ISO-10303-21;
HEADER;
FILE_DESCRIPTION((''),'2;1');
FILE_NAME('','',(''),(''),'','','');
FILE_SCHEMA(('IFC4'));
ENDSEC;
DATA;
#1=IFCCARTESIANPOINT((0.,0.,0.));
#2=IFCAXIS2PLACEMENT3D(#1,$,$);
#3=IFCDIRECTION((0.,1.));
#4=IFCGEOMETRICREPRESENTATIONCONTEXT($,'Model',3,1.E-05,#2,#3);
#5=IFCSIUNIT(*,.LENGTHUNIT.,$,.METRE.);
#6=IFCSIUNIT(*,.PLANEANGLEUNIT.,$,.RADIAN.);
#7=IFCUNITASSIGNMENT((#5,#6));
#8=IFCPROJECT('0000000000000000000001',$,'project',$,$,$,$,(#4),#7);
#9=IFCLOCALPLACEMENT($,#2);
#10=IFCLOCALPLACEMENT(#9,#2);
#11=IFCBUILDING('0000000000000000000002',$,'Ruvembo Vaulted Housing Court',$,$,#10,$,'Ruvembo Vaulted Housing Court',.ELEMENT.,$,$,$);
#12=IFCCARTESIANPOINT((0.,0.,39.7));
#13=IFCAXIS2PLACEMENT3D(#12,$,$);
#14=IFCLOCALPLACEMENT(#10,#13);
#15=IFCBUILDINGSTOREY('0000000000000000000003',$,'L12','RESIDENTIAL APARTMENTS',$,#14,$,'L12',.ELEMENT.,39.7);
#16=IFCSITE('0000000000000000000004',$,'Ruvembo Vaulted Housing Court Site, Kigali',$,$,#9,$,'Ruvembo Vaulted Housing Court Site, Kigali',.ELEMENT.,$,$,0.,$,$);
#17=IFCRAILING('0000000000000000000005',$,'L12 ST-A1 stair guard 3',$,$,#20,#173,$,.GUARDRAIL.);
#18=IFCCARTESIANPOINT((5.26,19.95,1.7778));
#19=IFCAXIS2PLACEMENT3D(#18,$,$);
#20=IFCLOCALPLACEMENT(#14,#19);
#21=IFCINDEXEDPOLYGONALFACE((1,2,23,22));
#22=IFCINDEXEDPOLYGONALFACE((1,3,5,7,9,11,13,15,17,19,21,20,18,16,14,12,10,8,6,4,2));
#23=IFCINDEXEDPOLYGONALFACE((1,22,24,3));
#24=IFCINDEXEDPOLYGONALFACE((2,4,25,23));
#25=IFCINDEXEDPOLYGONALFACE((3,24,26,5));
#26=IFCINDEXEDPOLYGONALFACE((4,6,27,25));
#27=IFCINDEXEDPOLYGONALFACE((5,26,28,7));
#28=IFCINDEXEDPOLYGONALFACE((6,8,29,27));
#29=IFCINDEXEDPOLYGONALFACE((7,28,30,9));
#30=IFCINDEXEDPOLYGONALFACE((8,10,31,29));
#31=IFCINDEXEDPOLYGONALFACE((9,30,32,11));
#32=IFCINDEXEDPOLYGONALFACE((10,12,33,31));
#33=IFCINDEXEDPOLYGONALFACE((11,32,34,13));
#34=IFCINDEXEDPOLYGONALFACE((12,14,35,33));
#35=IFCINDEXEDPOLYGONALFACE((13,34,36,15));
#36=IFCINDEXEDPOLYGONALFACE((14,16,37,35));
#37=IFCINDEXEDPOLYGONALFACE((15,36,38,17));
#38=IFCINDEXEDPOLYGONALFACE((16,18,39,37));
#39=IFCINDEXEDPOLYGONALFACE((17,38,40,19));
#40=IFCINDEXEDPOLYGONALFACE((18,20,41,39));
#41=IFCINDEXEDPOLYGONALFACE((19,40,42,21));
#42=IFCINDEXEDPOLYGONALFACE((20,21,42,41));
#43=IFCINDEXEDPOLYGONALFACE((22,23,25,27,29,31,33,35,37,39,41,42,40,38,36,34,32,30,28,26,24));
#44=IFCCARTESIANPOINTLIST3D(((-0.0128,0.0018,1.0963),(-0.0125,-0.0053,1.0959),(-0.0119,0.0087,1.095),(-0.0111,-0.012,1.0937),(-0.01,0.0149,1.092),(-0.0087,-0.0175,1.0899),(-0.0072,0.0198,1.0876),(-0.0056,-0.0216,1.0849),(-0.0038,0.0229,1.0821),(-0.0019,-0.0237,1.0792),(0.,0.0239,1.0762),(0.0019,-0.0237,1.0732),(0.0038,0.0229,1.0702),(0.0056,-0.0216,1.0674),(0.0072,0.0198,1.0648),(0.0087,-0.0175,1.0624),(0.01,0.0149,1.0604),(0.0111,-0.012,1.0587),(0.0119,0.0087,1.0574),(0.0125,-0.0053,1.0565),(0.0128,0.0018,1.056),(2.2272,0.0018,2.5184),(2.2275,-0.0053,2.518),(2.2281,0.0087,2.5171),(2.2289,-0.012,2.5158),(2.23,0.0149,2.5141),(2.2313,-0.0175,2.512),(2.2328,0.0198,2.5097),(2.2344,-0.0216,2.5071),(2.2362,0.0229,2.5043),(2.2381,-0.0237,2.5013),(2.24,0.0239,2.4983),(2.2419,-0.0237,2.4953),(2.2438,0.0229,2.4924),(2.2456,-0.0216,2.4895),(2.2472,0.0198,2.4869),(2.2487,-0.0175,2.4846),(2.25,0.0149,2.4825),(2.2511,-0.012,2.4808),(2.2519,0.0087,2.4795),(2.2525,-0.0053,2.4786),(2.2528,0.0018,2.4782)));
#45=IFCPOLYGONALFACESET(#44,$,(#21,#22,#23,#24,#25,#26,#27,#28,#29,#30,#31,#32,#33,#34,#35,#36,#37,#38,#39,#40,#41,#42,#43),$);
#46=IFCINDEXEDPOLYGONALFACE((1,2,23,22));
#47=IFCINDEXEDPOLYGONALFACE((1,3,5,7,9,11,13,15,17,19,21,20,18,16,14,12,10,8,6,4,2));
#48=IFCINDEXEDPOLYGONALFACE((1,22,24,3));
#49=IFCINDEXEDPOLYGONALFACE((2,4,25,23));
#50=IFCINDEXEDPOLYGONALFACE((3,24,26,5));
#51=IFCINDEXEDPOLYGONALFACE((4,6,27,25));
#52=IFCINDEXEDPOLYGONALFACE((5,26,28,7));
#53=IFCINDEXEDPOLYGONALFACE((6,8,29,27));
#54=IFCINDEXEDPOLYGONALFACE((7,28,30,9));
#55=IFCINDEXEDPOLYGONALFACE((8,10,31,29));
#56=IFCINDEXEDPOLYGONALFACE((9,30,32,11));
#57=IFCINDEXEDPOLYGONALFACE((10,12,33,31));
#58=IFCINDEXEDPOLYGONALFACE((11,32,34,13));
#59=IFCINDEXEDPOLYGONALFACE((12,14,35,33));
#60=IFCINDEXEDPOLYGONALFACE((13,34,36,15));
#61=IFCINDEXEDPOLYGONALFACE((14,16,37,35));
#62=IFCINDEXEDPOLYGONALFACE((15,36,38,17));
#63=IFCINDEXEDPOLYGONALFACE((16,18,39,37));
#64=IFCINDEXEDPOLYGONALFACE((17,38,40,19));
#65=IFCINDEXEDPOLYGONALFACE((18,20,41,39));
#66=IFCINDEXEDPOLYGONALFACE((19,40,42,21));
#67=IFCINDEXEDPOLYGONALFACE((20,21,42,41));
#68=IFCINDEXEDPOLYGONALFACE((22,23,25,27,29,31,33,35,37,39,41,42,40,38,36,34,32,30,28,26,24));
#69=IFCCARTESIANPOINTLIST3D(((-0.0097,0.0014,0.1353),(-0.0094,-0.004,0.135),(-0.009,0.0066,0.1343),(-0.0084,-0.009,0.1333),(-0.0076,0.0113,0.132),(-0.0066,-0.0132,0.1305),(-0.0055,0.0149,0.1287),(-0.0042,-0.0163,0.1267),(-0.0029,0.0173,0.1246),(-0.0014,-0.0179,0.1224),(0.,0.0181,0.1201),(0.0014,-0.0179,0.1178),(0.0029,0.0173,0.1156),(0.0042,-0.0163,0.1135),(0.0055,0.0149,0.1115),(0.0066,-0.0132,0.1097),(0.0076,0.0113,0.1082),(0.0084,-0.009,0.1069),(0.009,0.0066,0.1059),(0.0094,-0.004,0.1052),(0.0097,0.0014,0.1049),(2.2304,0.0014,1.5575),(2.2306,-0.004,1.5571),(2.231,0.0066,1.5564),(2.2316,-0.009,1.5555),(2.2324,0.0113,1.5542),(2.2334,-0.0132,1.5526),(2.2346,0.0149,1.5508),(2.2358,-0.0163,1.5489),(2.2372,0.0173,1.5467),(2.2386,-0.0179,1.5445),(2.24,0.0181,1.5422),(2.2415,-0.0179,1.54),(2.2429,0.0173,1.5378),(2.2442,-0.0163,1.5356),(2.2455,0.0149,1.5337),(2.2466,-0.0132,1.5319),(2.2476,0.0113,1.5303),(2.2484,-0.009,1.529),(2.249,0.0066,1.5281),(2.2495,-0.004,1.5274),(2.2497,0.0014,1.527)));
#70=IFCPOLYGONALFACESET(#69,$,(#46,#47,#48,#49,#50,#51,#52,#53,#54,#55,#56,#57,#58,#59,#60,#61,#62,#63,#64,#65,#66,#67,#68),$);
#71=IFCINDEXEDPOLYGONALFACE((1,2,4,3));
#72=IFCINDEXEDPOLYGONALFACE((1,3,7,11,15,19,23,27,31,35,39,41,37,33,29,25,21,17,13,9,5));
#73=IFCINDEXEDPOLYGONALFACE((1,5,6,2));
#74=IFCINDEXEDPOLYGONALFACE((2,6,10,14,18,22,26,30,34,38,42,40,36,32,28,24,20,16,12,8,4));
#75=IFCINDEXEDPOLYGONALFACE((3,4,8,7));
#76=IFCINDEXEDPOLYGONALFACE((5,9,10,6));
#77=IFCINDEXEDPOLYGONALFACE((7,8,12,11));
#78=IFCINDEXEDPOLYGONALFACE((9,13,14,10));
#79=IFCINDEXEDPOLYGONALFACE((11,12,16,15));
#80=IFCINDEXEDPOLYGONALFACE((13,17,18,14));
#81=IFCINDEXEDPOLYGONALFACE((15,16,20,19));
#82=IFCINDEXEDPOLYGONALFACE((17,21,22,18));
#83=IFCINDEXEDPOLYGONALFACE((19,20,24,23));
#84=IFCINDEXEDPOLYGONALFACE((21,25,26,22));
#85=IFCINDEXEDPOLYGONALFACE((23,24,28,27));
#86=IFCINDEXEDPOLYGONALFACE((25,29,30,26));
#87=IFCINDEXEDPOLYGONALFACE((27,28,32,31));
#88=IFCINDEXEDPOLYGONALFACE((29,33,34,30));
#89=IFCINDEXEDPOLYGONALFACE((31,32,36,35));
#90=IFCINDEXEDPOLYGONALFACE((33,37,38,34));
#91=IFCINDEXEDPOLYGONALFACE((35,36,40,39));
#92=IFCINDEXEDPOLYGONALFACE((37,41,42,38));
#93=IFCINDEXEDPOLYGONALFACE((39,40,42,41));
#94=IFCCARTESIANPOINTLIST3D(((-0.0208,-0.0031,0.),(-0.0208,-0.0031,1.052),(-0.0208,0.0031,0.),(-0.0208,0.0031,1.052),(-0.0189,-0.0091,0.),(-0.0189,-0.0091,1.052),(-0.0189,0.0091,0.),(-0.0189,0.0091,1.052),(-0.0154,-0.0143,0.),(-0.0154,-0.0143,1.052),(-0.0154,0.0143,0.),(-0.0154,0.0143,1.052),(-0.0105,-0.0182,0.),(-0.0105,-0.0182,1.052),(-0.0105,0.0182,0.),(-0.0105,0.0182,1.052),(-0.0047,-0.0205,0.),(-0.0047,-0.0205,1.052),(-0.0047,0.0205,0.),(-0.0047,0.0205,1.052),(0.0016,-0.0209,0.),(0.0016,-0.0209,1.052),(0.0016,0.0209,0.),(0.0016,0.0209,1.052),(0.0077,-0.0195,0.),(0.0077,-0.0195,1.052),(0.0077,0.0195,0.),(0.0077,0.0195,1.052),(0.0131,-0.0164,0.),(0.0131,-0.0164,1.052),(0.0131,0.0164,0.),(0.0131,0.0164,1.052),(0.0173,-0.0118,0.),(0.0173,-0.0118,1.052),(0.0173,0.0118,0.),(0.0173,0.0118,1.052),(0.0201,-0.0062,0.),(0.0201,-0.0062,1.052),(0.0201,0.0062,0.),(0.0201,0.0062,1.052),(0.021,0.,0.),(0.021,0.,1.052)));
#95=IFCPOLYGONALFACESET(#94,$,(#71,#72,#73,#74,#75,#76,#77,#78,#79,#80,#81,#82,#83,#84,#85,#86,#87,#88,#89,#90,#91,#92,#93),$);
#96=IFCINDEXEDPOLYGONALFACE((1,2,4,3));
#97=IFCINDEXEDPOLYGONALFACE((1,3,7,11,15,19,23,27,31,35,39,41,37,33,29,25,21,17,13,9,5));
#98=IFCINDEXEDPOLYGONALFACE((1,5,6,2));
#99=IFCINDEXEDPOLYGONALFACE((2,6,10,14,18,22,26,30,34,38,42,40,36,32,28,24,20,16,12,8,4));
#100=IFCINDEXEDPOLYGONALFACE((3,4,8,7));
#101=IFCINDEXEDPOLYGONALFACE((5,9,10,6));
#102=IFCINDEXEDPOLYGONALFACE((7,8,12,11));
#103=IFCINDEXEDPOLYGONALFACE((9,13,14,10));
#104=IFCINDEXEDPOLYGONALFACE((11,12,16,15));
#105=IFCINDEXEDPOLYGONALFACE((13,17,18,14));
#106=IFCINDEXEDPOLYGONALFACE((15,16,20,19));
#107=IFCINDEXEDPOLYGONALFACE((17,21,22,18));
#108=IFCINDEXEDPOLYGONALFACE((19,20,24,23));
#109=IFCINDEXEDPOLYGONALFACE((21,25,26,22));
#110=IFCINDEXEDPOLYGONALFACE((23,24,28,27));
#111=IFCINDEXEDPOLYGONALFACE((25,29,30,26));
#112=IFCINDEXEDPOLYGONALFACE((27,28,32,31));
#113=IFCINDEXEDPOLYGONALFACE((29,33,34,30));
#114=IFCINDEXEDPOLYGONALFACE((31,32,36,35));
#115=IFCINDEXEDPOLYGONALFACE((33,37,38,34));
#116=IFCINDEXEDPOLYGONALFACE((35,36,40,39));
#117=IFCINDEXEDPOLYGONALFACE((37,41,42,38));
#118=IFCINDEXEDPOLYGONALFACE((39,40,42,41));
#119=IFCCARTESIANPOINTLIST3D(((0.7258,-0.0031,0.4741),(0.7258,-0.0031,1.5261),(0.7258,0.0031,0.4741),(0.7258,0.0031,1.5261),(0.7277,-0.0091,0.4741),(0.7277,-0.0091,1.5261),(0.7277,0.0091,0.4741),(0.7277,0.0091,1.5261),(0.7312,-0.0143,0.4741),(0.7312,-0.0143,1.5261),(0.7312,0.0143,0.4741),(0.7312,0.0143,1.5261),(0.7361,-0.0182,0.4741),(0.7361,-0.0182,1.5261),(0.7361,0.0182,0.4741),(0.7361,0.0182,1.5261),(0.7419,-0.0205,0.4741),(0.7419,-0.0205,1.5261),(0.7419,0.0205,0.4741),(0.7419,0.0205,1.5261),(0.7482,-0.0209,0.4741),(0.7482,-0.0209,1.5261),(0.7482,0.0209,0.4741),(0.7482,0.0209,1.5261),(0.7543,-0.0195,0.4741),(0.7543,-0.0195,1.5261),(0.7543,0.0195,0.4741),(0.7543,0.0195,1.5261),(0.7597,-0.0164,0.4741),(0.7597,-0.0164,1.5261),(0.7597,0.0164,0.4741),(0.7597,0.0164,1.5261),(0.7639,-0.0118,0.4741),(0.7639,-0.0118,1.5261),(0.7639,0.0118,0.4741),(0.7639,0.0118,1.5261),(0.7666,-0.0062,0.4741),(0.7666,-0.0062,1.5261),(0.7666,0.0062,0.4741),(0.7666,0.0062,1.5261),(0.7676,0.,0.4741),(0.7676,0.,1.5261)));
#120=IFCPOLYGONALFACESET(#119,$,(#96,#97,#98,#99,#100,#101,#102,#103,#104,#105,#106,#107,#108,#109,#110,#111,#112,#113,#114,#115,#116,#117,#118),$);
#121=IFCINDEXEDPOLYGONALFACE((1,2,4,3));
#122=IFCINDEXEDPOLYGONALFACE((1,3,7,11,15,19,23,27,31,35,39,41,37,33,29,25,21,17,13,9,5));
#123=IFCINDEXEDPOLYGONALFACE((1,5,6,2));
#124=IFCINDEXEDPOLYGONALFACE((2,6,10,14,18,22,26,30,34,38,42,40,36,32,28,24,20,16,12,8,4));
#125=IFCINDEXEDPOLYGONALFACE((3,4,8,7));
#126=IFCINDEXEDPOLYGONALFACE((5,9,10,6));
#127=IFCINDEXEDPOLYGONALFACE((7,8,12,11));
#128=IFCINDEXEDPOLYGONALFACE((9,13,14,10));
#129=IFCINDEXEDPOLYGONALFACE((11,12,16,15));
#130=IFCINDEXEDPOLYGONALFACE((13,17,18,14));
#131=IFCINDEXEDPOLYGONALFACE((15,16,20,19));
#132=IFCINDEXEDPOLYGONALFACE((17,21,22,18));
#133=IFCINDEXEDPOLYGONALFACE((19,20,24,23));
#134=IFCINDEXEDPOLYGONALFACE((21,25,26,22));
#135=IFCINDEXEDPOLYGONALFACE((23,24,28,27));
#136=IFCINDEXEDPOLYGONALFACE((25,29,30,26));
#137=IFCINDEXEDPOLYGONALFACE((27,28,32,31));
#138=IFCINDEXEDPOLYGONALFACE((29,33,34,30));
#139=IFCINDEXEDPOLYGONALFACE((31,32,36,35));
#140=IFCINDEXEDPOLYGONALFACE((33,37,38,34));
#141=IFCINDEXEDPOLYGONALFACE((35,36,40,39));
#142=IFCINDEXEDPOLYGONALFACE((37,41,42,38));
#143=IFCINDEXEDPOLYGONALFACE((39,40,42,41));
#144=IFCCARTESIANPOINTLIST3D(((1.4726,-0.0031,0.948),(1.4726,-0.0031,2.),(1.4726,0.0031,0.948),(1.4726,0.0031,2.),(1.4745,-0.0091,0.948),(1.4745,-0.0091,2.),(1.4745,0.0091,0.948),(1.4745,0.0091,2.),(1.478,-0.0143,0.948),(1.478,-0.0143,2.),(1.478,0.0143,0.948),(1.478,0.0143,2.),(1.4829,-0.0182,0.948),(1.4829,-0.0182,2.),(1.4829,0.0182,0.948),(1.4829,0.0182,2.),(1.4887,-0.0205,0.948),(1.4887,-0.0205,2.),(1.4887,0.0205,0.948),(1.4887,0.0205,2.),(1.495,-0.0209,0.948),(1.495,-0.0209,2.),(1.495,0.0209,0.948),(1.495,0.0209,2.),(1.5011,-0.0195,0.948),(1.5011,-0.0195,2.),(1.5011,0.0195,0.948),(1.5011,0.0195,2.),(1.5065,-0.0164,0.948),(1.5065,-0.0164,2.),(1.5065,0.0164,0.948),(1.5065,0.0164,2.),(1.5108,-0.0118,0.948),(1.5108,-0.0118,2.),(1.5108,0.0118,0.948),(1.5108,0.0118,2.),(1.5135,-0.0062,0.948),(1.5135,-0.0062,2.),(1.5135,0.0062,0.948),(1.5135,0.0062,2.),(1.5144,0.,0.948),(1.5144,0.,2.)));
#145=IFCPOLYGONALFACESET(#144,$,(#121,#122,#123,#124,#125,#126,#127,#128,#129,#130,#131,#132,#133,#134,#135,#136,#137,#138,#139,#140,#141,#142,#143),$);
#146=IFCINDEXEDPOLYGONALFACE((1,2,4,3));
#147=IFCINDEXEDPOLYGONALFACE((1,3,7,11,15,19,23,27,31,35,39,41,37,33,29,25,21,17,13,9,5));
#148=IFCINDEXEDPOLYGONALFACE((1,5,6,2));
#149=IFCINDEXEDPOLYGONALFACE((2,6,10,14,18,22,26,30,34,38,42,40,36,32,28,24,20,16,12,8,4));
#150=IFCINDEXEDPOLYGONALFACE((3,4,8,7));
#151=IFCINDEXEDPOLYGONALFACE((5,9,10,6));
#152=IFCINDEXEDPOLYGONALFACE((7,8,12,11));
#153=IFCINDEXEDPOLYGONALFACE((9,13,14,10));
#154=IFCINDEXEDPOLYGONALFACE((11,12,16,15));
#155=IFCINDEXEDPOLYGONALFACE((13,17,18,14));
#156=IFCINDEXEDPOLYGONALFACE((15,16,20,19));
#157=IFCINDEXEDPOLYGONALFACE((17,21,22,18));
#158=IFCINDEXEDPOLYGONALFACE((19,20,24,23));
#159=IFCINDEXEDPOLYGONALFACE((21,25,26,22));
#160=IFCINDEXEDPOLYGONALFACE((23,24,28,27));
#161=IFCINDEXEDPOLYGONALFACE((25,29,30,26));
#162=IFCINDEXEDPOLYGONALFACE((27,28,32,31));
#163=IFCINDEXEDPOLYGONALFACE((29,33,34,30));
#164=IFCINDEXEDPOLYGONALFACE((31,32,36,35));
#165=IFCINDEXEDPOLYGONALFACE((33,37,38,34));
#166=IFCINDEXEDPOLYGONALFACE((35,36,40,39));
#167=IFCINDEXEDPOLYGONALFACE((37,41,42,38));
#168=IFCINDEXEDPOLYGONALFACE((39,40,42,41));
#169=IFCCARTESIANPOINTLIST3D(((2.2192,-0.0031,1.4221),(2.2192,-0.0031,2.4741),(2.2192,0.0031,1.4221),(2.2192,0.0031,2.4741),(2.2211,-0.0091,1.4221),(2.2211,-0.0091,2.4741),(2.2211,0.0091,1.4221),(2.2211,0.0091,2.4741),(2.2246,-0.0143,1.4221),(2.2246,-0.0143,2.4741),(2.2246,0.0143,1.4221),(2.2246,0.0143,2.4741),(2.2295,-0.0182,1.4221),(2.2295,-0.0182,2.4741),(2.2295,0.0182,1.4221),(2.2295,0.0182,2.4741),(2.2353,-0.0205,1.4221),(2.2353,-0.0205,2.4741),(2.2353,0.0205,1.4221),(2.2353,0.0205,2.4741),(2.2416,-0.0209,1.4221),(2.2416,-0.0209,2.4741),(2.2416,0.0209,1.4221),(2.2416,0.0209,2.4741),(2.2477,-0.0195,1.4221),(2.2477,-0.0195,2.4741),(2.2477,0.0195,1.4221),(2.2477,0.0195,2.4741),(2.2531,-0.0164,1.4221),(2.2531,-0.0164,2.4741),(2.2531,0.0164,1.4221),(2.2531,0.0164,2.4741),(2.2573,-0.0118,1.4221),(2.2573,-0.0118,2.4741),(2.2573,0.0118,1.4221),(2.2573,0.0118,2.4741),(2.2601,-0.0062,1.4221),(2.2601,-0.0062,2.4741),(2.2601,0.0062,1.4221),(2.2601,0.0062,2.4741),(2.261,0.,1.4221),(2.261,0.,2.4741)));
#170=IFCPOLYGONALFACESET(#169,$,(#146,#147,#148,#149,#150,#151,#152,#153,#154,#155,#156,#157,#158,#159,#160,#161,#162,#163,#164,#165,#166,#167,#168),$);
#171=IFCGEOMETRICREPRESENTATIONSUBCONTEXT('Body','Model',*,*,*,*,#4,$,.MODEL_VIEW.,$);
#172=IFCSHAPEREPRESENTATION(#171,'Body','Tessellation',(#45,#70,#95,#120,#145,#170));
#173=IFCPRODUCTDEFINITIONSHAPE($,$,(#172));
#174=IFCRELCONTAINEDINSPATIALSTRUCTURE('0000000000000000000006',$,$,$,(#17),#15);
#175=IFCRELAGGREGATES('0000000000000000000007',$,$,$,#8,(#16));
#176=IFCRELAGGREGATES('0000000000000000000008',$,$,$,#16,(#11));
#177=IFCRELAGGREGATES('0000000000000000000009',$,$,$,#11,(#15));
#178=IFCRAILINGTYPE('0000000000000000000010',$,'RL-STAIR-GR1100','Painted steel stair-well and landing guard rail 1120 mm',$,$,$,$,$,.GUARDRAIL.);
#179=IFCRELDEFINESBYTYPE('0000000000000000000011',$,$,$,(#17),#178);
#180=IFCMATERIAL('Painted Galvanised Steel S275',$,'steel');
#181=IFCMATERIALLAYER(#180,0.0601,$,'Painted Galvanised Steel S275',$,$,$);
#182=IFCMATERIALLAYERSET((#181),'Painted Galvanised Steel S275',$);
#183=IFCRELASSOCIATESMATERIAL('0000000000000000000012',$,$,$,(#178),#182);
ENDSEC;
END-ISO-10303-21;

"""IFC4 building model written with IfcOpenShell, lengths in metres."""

from ifc_helpers import new_model, si_unit, direction, frame, origin, origin_2d, place, context, subcontext, project, spatial, circle, extrude, material, layer, layer_set, type_object, element, save


model = new_model("IFC4")

# Units and contexts
model_context = context("Model", 3, precision=1e-05, world=origin(), true_north=direction((0.0, 1.0)))
body_context = subcontext(model_context, "Body", "Model", "MODEL_VIEW")
ifc_project = project(units=[si_unit("LENGTHUNIT", "METRE"), si_unit("PLANEANGLEUNIT", "RADIAN")], contexts=[model_context])

# Site, building, storey
site_placement = place(None, origin())
site = spatial("IfcSite", under=ifc_project, at=site_placement, Name="Ruvembo Vaulted Housing Court Site, Kigali", LongName="Ruvembo Vaulted Housing Court Site, Kigali", CompositionType="ELEMENT", RefElevation=0.0)
building_placement = place(site_placement, origin())
building = spatial("IfcBuilding", under=site, at=building_placement, Name="Ruvembo Vaulted Housing Court", LongName="Ruvembo Vaulted Housing Court", CompositionType="ELEMENT")
storey_placement = place(building_placement, frame((0.0, 0.0, 39.7)))
storey = spatial("IfcBuildingStorey", under=building, at=storey_placement, Name="L12", Description="RESIDENTIAL APARTMENTS", LongName="L12", CompositionType="ELEMENT", Elevation=39.7)

# Railing
ifc_material_1 = material(Name="Painted Galvanised Steel S275", Category="steel")
ifc_layer_1 = layer(ifc_material_1, 0.0601, Name="Painted Galvanised Steel S275")
ifc_layer_set_1 = layer_set([ifc_layer_1], Name="Painted Galvanised Steel S275")
railing_type_1 = type_object("IfcRailingType", Name="RL-STAIR-GR1100", Description="Painted steel stair-well and landing guard rail 1120 mm", PredefinedType="GUARDRAIL", material=ifc_layer_set_1)
railing_1_placement = place(storey_placement, frame((5.26, 19.95, 1.7778)))
element("IfcRailing", 1, at=railing_1_placement, inside=storey, type_object=railing_type_1, Name="L12 ST-A1 stair guard 3", PredefinedType="GUARDRAIL", context=body_context, shape_type="SweptSolid", body=[
    extrude(circle(Radius=0.0239, at=origin_2d()), frame((0.0, 0.0, 1.0762), z_axis=(0.844229, 0.0, 0.535982), x_axis=(0.0, 1.0, 0.0)), (0.0, 0.0, 1.0), 2.6533),
    extrude(circle(Radius=0.0181, at=origin_2d()), frame((0.0, 0.0, 0.1201), z_axis=(0.844229, 0.0, 0.535982), x_axis=(0.0, 1.0, 0.0)), (0.0, 0.0, 1.0), 2.6533),
    extrude(circle(Radius=0.021, at=origin_2d()), origin(), (0.0, 0.0, 1.0), 1.052),
    extrude(circle(Radius=0.021, at=origin_2d()), frame((0.7466, 0.0, 0.4741)), (0.0, 0.0, 1.0), 1.052),
    extrude(circle(Radius=0.021, at=origin_2d()), frame((1.4934, 0.0, 0.948)), (0.0, 0.0, 1.0), 1.052),
    extrude(circle(Radius=0.021, at=origin_2d()), frame((2.24, 0.0, 1.4221)), (0.0, 0.0, 1.0), 1.052),
])

save(model, "model.ifc")
